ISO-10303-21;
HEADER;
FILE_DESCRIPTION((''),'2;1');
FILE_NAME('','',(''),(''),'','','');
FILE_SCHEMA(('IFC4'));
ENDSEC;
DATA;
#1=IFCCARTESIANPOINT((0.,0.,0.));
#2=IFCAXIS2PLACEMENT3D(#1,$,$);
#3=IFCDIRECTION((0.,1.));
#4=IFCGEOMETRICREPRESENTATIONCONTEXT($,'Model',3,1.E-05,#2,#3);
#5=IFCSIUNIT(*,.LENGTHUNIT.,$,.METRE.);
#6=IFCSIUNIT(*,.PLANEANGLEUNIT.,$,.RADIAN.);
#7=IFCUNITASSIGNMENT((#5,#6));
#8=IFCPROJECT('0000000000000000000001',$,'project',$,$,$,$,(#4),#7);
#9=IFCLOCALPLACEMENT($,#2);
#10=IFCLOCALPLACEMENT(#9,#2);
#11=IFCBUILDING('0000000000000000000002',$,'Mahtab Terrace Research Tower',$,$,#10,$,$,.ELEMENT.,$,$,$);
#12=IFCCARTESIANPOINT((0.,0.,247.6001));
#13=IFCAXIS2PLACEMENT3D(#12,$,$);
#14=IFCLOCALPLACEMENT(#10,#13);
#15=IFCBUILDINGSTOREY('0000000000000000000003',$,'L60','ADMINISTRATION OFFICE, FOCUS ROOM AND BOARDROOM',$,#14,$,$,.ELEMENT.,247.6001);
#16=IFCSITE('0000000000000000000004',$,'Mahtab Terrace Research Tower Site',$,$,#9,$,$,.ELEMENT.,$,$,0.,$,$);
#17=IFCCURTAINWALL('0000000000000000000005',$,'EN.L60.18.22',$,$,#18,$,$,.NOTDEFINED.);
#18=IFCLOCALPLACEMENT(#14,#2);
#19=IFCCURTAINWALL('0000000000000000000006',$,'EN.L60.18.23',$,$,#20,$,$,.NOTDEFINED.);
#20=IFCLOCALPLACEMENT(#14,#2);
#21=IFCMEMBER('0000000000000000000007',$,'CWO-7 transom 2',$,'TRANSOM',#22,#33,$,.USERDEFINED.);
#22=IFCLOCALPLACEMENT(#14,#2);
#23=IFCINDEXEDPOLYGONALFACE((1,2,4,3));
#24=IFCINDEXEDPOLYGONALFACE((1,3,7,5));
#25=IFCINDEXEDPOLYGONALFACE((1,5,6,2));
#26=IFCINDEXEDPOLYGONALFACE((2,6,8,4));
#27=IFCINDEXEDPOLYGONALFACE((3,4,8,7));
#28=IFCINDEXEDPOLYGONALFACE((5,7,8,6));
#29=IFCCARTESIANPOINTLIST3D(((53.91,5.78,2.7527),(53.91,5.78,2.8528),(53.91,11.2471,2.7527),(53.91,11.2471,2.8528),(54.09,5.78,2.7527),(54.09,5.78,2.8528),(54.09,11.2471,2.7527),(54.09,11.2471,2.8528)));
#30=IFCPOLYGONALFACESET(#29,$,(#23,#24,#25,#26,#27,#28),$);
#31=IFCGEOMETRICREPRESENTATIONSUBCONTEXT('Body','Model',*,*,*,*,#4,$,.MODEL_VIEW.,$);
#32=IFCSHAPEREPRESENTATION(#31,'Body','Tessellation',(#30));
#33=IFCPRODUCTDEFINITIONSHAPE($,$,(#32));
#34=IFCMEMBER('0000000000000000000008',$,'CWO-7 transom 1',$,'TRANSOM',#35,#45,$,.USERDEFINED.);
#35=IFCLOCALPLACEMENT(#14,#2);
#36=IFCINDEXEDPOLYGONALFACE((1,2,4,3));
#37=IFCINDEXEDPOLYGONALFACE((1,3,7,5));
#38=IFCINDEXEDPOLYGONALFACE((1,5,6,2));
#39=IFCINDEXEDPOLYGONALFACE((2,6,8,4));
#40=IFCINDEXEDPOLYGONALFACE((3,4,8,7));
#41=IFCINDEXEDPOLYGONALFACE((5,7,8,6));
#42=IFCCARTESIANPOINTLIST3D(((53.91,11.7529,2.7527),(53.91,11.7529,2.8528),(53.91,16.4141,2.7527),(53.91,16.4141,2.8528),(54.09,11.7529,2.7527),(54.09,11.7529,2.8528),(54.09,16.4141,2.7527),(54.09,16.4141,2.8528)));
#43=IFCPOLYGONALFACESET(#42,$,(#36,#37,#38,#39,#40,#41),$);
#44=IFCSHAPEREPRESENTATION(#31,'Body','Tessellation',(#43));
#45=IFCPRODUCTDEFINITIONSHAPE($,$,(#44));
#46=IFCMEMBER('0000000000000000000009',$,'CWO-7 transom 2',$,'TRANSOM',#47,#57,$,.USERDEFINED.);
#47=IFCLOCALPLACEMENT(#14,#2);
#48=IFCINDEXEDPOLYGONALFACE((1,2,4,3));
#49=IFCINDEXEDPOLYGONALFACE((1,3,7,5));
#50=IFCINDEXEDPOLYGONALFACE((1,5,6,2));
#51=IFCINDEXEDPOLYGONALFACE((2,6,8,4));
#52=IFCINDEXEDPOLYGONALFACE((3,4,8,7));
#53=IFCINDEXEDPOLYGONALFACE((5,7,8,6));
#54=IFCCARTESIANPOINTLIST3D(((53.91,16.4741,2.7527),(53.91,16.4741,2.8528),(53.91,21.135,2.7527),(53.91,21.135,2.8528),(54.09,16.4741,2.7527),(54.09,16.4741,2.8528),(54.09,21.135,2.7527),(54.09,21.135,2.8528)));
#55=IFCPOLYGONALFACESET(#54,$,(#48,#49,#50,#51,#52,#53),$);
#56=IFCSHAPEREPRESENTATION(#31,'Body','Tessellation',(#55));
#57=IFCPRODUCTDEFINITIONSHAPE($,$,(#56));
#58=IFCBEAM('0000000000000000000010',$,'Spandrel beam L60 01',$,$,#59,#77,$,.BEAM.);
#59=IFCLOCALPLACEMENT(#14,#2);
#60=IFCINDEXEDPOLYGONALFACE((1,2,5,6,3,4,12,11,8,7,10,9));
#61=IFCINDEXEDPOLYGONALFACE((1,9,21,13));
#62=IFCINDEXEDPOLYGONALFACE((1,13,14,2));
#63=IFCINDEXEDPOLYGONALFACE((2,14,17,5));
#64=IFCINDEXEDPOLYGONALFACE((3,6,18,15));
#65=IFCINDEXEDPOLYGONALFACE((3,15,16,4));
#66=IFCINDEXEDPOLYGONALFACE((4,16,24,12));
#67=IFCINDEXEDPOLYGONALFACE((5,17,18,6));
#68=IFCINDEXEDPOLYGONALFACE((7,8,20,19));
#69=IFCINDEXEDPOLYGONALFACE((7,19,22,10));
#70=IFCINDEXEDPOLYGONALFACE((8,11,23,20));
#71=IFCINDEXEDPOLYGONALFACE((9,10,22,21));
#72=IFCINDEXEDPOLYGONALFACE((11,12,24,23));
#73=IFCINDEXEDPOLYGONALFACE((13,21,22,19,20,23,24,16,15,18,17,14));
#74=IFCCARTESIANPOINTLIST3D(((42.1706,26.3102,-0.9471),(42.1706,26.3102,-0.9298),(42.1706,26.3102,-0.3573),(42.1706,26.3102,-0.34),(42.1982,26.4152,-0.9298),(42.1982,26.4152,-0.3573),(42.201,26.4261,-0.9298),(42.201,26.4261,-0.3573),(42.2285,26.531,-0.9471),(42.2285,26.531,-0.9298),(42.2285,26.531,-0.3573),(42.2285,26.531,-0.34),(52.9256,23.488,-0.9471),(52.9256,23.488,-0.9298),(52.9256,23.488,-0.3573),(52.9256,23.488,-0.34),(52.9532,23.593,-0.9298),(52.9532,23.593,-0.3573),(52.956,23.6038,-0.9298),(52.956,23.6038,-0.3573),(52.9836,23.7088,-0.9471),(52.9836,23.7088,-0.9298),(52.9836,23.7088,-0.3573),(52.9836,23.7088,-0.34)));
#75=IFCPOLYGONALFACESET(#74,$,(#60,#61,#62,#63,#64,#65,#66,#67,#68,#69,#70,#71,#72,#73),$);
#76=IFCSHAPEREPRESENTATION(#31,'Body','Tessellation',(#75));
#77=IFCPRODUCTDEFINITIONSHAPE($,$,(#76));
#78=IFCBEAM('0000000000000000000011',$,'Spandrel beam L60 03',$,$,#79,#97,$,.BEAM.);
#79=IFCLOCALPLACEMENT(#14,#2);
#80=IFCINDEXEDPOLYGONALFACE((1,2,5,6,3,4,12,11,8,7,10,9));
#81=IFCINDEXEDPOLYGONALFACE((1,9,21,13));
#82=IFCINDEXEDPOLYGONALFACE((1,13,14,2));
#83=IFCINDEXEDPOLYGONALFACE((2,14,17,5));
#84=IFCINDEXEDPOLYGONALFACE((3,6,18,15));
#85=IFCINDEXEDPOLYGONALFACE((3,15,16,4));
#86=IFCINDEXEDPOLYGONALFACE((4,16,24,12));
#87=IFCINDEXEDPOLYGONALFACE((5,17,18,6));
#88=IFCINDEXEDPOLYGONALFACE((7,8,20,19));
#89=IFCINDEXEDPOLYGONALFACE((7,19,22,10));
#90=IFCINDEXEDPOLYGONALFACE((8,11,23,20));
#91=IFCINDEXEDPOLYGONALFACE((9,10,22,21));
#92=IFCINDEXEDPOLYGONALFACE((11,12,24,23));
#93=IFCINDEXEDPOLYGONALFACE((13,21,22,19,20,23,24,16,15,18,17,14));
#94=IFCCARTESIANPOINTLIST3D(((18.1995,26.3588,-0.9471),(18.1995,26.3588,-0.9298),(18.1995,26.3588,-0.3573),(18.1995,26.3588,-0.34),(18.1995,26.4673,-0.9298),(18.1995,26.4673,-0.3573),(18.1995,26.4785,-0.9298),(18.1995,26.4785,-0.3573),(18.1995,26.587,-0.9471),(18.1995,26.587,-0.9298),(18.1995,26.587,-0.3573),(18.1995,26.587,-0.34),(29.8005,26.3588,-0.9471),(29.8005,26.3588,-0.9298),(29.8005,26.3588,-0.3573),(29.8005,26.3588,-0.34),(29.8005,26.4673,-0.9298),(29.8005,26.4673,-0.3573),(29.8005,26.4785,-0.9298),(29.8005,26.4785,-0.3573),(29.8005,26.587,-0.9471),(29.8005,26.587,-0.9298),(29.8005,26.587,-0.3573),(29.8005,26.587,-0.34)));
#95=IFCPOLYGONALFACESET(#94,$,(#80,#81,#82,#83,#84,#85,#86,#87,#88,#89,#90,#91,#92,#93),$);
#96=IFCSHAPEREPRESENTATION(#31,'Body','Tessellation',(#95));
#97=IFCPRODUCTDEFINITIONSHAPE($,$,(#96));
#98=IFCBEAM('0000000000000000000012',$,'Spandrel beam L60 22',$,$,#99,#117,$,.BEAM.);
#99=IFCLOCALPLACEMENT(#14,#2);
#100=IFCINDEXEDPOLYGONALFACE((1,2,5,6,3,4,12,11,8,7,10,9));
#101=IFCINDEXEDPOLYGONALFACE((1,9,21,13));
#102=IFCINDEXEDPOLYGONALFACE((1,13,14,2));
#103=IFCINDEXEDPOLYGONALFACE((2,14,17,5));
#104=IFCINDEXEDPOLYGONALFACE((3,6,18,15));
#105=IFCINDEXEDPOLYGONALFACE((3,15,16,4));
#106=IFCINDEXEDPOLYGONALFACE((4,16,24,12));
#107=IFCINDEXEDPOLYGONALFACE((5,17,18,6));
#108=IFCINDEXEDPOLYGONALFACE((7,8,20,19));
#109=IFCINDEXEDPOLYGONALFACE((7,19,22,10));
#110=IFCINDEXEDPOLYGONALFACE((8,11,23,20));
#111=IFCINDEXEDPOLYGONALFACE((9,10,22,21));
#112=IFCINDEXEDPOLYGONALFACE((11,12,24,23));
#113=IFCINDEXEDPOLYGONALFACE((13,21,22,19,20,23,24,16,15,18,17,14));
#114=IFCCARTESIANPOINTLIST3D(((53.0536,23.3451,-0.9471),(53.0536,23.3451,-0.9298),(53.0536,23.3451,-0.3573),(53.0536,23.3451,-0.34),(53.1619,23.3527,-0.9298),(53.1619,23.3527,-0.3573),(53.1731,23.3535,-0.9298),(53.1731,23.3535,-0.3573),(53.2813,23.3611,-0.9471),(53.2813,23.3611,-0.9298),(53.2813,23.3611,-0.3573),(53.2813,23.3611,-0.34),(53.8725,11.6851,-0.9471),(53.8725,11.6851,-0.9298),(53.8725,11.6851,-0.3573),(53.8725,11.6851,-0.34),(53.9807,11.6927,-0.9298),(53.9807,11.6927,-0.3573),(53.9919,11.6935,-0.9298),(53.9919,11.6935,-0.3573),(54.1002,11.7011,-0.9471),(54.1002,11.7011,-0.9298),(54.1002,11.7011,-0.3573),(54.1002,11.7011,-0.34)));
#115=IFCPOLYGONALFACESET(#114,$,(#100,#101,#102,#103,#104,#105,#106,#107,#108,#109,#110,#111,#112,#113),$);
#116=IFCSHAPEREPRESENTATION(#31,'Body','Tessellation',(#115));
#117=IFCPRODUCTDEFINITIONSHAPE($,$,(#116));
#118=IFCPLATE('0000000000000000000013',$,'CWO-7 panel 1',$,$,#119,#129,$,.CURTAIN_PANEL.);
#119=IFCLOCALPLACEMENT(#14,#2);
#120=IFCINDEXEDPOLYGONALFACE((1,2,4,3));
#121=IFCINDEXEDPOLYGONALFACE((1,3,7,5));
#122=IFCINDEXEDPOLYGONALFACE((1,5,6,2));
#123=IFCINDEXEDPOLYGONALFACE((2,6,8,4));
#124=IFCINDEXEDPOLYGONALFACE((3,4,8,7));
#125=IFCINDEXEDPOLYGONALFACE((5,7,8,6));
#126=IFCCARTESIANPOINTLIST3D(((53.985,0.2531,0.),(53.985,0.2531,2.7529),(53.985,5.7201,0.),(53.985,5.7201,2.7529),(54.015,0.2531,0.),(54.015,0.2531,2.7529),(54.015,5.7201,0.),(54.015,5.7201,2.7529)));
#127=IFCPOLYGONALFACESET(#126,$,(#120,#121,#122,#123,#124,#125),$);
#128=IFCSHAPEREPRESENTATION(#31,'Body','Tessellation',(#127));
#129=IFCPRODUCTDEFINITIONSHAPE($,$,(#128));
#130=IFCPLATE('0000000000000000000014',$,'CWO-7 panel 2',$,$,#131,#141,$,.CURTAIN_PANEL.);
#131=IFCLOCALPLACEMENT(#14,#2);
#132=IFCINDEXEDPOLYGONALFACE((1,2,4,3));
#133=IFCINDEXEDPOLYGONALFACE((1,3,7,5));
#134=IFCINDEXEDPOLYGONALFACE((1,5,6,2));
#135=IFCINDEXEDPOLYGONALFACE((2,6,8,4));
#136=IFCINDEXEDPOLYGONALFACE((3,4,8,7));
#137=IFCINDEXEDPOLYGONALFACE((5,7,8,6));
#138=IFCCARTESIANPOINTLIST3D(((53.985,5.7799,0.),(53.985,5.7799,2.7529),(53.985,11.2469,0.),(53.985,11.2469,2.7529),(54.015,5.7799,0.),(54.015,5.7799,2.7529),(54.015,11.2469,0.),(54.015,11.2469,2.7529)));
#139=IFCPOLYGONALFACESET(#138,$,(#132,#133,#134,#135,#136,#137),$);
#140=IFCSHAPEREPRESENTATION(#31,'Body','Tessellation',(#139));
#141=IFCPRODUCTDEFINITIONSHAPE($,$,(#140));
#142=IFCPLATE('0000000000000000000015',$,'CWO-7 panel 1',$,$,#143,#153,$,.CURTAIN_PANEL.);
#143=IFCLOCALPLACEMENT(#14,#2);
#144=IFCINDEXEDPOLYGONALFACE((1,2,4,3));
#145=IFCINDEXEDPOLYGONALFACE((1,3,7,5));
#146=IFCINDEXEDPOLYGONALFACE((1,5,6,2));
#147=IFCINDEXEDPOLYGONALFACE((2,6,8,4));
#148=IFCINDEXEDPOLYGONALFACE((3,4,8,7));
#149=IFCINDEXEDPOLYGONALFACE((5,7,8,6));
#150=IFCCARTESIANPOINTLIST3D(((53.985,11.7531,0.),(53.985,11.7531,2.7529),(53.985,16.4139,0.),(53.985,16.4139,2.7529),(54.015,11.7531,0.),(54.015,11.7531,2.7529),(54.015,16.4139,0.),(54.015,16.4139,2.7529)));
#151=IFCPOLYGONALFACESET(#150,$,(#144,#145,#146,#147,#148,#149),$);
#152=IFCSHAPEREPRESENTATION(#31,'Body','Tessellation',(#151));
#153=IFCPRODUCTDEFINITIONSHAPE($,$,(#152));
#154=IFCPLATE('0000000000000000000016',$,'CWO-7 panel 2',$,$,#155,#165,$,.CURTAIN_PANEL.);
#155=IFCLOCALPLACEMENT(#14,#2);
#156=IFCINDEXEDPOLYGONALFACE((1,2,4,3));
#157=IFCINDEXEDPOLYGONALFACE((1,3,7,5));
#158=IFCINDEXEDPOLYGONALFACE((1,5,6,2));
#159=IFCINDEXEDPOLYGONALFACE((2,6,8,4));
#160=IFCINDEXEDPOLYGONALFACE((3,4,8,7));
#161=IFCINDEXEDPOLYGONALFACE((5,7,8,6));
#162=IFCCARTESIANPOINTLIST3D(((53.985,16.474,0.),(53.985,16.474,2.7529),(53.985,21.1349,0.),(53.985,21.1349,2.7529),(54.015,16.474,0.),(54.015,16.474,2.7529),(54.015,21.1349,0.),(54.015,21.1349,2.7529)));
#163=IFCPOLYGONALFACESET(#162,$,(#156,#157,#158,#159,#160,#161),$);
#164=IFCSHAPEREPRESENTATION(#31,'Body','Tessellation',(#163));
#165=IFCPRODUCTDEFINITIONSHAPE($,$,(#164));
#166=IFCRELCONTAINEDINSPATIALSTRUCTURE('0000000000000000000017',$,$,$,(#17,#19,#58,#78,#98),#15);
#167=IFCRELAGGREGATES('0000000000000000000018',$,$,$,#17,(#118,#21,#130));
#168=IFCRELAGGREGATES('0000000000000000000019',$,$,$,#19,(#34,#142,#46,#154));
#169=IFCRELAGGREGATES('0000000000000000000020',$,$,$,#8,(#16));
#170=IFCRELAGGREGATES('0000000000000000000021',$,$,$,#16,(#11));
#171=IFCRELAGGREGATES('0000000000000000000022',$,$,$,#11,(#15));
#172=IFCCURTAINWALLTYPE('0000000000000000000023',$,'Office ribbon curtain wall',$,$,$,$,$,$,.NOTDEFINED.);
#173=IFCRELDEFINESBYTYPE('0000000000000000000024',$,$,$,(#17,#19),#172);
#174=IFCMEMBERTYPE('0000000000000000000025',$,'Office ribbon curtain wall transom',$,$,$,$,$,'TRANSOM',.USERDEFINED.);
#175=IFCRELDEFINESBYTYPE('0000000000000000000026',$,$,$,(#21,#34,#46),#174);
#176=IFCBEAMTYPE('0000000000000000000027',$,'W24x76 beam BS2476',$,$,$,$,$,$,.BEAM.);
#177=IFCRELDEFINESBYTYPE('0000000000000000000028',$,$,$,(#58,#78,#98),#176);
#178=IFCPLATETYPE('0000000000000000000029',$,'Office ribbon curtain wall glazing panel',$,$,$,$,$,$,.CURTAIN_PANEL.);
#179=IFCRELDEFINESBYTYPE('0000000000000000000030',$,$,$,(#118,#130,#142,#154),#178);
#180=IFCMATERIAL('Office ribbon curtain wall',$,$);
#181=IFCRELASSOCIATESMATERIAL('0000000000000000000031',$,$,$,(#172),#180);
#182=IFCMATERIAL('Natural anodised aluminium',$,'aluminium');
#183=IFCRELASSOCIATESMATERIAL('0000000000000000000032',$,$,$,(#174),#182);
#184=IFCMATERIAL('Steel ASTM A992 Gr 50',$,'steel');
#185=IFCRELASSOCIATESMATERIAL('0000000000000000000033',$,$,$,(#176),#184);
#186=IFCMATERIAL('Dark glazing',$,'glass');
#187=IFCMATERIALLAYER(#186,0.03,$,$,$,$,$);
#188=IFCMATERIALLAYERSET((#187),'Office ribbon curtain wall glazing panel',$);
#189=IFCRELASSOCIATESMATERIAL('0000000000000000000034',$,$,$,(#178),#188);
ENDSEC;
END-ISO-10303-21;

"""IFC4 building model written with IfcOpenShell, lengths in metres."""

from ifc_helpers import new_model, si_unit, direction, frame, origin, origin_2d, place, context, subcontext, project, spatial, rectangle, i_section, extrude, material, layer, layer_set, material_profile, profile_set, type_object, element, aggregate, save


model = new_model("IFC4")

# Units and contexts
model_context = context("Model", 3, precision=1e-05, world=origin(), true_north=direction((0.0, 1.0)))
body_context = subcontext(model_context, "Body", "Model", "MODEL_VIEW")
ifc_project = project(units=[si_unit("LENGTHUNIT", "METRE"), si_unit("PLANEANGLEUNIT", "RADIAN")], contexts=[model_context])

# Site, building, storey
site_placement = place(None, origin())
site = spatial("IfcSite", under=ifc_project, at=site_placement, Name="Mahtab Terrace Research Tower Site", CompositionType="ELEMENT", RefElevation=0.0)
building_placement = place(site_placement, origin())
building = spatial("IfcBuilding", under=site, at=building_placement, Name="Mahtab Terrace Research Tower", CompositionType="ELEMENT")
storey_placement = place(building_placement, frame((0.0, 0.0, 247.6001)))
storey = spatial("IfcBuildingStorey", under=building, at=storey_placement, Name="L60", Description="ADMINISTRATION OFFICE, FOCUS ROOM AND BOARDROOM", CompositionType="ELEMENT", Elevation=247.6001)

# Shared definitions
ifc_material_1 = material(Name="Steel ASTM A992 Gr 50", Category="steel")

# Curtain walls
ifc_material_2 = material(Name="Office ribbon curtain wall")
curtain_wall_type = type_object("IfcCurtainWallType", Name="Office ribbon curtain wall", PredefinedType="NOTDEFINED", material=ifc_material_2)
curtain_wall_1_placement = place(storey_placement, origin())
curtain_wall_1 = element("IfcCurtainWall", 1, at=curtain_wall_1_placement, inside=storey, type_object=curtain_wall_type, Name="EN.L60.18.22", PredefinedType="NOTDEFINED")
ifc_material_3 = material(Name="Natural anodised aluminium", Category="aluminium")
curtain_wall_2_placement = place(storey_placement, origin())
curtain_wall_2 = element("IfcCurtainWall", 2, at=curtain_wall_2_placement, inside=storey, type_object=curtain_wall_type, Name="EN.L60.18.23", PredefinedType="NOTDEFINED")

# Members
ifc_material_profile_1 = material_profile(ifc_material_3, rectangle(XDim=0.1799, YDim=0.1001, at=origin_2d()), Name="TRANSOM 100x180")
ifc_profile_set_1 = profile_set([ifc_material_profile_1], Name="Natural anodised aluminium")
member_type_1 = type_object("IfcMemberType", Name="Office ribbon curtain wall transom", ElementType="TRANSOM", PredefinedType="USERDEFINED", material=ifc_profile_set_1)
member_1_placement = place(storey_placement, frame((54.0, 5.78, 2.8027), z_axis=(0.0, 1.0, 0.0), x_axis=(-1.0, 0.0, 0.0)))
member_1 = element("IfcMember", 3, at=member_1_placement, type_object=member_type_1, Name="CWO-7 transom 2", ObjectType="TRANSOM", PredefinedType="USERDEFINED", context=body_context, shape_type="SweptSolid", body=[
    extrude(rectangle(XDim=0.1799, YDim=0.1001, at=origin_2d()), origin(), (0.0, 0.0, 1.0), 5.467),
])
member_2_placement = place(storey_placement, frame((54.0, 11.7529, 2.8027), z_axis=(0.0, 1.0, 0.0), x_axis=(-1.0, 0.0, 0.0)))
member_2 = element("IfcMember", 4, at=member_2_placement, type_object=member_type_1, Name="CWO-7 transom 1", ObjectType="TRANSOM", PredefinedType="USERDEFINED", context=body_context, shape_type="SweptSolid", body=[
    extrude(rectangle(XDim=0.1799, YDim=0.1001, at=origin_2d()), origin(), (0.0, 0.0, 1.0), 4.6611),
])
member_3_placement = place(storey_placement, frame((54.0, 16.4741, 2.8027), z_axis=(0.0, 1.0, 0.0), x_axis=(-1.0, 0.0, 0.0)))
member_3 = element("IfcMember", 5, at=member_3_placement, type_object=member_type_1, Name="CWO-7 transom 2", ObjectType="TRANSOM", PredefinedType="USERDEFINED", context=body_context, shape_type="SweptSolid", body=[
    extrude(rectangle(XDim=0.1799, YDim=0.1001, at=origin_2d()), origin(), (0.0, 0.0, 1.0), 4.6609),
])

# Beams
ifc_material_profile_2 = material_profile(ifc_material_1, i_section(OverallWidth=0.2283, OverallDepth=0.6072, WebThickness=0.0112, FlangeThickness=0.0173, at=origin_2d()), Name="W24X76")
ifc_profile_set_2 = profile_set([ifc_material_profile_2], Name="Steel ASTM A992 Gr 50")
beam_type = type_object("IfcBeamType", Name="W24x76 beam BS2476", PredefinedType="BEAM", material=ifc_profile_set_2)
beam_1_placement = place(storey_placement, frame((52.9546, 23.5984, -0.6436), z_axis=(-0.967252, 0.253818, 0.0), x_axis=(-0.253818, -0.967252, 0.0)))
element("IfcBeam", 6, at=beam_1_placement, inside=storey, type_object=beam_type, Name="Spandrel beam L60 01", PredefinedType="BEAM", context=body_context, shape_type="SweptSolid", body=[
    extrude(i_section(OverallWidth=0.2283, OverallDepth=0.6072, WebThickness=0.0112, FlangeThickness=0.0173, at=origin_2d()), origin(), (0.0, 0.0, 1.0), 11.1191),
])
beam_2_placement = place(storey_placement, frame((29.8005, 26.4729, -0.6436), z_axis=(-1.0, 0.0, 0.0), x_axis=(0.0, -1.0, 0.0)))
element("IfcBeam", 7, at=beam_2_placement, inside=storey, type_object=beam_type, Name="Spandrel beam L60 03", PredefinedType="BEAM", context=body_context, shape_type="SweptSolid", body=[
    extrude(i_section(OverallWidth=0.2283, OverallDepth=0.6072, WebThickness=0.0112, FlangeThickness=0.0173, at=origin_2d()), origin(), (0.0, 0.0, 1.0), 11.6011),
])
beam_3_placement = place(storey_placement, frame((53.9863, 11.6931, -0.6436), z_axis=(-0.070055, 0.997543, 0.0), x_axis=(-0.997543, -0.070055, 0.0)))
element("IfcBeam", 8, at=beam_3_placement, inside=storey, type_object=beam_type, Name="Spandrel beam L60 22", PredefinedType="BEAM", context=body_context, shape_type="SweptSolid", body=[
    extrude(i_section(OverallWidth=0.2283, OverallDepth=0.6072, WebThickness=0.0112, FlangeThickness=0.0173, at=origin_2d()), origin(), (0.0, 0.0, 1.0), 11.6887),
])

# Plates
ifc_material_4 = material(Name="Dark glazing", Category="glass")
ifc_layer_1 = layer(ifc_material_4, 0.03)
ifc_layer_set_1 = layer_set([ifc_layer_1], Name="Office ribbon curtain wall glazing panel")
plate_type = type_object("IfcPlateType", Name="Office ribbon curtain wall glazing panel", PredefinedType="CURTAIN_PANEL", material=ifc_layer_set_1)
plate_1_placement = place(storey_placement, frame((54.0, 2.9866, 0.0), z_axis=(0.0, 0.0, 1.0), x_axis=(0.0, 1.0, 0.0)))
plate_1 = element("IfcPlate", 9, at=plate_1_placement, type_object=plate_type, Name="CWO-7 panel 1", PredefinedType="CURTAIN_PANEL", context=body_context, shape_type="SweptSolid", body=[
    extrude(rectangle(XDim=5.467, YDim=0.03, at=origin_2d()), origin(), (0.0, 0.0, 1.0), 2.7529),
])
plate_2_placement = place(storey_placement, frame((54.0, 8.5134, 0.0), z_axis=(0.0, 0.0, 1.0), x_axis=(0.0, 1.0, 0.0)))
plate_2 = element("IfcPlate", 10, at=plate_2_placement, type_object=plate_type, Name="CWO-7 panel 2", PredefinedType="CURTAIN_PANEL", context=body_context, shape_type="SweptSolid", body=[
    extrude(rectangle(XDim=5.467, YDim=0.03, at=origin_2d()), origin(), (0.0, 0.0, 1.0), 2.7529),
])
aggregate(curtain_wall_1, [plate_1, member_1, plate_2])
plate_3_placement = place(storey_placement, frame((54.0, 14.0835, 0.0), z_axis=(0.0, 0.0, 1.0), x_axis=(0.0, 1.0, 0.0)))
plate_3 = element("IfcPlate", 11, at=plate_3_placement, type_object=plate_type, Name="CWO-7 panel 1", PredefinedType="CURTAIN_PANEL", context=body_context, shape_type="SweptSolid", body=[
    extrude(rectangle(XDim=4.6609, YDim=0.03, at=origin_2d()), origin(), (0.0, 0.0, 1.0), 2.7529),
])
plate_4_placement = place(storey_placement, frame((54.0, 18.8044, 0.0), z_axis=(0.0, 0.0, 1.0), x_axis=(0.0, 1.0, 0.0)))
plate_4 = element("IfcPlate", 12, at=plate_4_placement, type_object=plate_type, Name="CWO-7 panel 2", PredefinedType="CURTAIN_PANEL", context=body_context, shape_type="SweptSolid", body=[
    extrude(rectangle(XDim=4.6609, YDim=0.03, at=origin_2d()), origin(), (0.0, 0.0, 1.0), 2.7529),
])
aggregate(curtain_wall_2, [member_2, plate_3, member_3, plate_4])

save(model, "model.ifc")
